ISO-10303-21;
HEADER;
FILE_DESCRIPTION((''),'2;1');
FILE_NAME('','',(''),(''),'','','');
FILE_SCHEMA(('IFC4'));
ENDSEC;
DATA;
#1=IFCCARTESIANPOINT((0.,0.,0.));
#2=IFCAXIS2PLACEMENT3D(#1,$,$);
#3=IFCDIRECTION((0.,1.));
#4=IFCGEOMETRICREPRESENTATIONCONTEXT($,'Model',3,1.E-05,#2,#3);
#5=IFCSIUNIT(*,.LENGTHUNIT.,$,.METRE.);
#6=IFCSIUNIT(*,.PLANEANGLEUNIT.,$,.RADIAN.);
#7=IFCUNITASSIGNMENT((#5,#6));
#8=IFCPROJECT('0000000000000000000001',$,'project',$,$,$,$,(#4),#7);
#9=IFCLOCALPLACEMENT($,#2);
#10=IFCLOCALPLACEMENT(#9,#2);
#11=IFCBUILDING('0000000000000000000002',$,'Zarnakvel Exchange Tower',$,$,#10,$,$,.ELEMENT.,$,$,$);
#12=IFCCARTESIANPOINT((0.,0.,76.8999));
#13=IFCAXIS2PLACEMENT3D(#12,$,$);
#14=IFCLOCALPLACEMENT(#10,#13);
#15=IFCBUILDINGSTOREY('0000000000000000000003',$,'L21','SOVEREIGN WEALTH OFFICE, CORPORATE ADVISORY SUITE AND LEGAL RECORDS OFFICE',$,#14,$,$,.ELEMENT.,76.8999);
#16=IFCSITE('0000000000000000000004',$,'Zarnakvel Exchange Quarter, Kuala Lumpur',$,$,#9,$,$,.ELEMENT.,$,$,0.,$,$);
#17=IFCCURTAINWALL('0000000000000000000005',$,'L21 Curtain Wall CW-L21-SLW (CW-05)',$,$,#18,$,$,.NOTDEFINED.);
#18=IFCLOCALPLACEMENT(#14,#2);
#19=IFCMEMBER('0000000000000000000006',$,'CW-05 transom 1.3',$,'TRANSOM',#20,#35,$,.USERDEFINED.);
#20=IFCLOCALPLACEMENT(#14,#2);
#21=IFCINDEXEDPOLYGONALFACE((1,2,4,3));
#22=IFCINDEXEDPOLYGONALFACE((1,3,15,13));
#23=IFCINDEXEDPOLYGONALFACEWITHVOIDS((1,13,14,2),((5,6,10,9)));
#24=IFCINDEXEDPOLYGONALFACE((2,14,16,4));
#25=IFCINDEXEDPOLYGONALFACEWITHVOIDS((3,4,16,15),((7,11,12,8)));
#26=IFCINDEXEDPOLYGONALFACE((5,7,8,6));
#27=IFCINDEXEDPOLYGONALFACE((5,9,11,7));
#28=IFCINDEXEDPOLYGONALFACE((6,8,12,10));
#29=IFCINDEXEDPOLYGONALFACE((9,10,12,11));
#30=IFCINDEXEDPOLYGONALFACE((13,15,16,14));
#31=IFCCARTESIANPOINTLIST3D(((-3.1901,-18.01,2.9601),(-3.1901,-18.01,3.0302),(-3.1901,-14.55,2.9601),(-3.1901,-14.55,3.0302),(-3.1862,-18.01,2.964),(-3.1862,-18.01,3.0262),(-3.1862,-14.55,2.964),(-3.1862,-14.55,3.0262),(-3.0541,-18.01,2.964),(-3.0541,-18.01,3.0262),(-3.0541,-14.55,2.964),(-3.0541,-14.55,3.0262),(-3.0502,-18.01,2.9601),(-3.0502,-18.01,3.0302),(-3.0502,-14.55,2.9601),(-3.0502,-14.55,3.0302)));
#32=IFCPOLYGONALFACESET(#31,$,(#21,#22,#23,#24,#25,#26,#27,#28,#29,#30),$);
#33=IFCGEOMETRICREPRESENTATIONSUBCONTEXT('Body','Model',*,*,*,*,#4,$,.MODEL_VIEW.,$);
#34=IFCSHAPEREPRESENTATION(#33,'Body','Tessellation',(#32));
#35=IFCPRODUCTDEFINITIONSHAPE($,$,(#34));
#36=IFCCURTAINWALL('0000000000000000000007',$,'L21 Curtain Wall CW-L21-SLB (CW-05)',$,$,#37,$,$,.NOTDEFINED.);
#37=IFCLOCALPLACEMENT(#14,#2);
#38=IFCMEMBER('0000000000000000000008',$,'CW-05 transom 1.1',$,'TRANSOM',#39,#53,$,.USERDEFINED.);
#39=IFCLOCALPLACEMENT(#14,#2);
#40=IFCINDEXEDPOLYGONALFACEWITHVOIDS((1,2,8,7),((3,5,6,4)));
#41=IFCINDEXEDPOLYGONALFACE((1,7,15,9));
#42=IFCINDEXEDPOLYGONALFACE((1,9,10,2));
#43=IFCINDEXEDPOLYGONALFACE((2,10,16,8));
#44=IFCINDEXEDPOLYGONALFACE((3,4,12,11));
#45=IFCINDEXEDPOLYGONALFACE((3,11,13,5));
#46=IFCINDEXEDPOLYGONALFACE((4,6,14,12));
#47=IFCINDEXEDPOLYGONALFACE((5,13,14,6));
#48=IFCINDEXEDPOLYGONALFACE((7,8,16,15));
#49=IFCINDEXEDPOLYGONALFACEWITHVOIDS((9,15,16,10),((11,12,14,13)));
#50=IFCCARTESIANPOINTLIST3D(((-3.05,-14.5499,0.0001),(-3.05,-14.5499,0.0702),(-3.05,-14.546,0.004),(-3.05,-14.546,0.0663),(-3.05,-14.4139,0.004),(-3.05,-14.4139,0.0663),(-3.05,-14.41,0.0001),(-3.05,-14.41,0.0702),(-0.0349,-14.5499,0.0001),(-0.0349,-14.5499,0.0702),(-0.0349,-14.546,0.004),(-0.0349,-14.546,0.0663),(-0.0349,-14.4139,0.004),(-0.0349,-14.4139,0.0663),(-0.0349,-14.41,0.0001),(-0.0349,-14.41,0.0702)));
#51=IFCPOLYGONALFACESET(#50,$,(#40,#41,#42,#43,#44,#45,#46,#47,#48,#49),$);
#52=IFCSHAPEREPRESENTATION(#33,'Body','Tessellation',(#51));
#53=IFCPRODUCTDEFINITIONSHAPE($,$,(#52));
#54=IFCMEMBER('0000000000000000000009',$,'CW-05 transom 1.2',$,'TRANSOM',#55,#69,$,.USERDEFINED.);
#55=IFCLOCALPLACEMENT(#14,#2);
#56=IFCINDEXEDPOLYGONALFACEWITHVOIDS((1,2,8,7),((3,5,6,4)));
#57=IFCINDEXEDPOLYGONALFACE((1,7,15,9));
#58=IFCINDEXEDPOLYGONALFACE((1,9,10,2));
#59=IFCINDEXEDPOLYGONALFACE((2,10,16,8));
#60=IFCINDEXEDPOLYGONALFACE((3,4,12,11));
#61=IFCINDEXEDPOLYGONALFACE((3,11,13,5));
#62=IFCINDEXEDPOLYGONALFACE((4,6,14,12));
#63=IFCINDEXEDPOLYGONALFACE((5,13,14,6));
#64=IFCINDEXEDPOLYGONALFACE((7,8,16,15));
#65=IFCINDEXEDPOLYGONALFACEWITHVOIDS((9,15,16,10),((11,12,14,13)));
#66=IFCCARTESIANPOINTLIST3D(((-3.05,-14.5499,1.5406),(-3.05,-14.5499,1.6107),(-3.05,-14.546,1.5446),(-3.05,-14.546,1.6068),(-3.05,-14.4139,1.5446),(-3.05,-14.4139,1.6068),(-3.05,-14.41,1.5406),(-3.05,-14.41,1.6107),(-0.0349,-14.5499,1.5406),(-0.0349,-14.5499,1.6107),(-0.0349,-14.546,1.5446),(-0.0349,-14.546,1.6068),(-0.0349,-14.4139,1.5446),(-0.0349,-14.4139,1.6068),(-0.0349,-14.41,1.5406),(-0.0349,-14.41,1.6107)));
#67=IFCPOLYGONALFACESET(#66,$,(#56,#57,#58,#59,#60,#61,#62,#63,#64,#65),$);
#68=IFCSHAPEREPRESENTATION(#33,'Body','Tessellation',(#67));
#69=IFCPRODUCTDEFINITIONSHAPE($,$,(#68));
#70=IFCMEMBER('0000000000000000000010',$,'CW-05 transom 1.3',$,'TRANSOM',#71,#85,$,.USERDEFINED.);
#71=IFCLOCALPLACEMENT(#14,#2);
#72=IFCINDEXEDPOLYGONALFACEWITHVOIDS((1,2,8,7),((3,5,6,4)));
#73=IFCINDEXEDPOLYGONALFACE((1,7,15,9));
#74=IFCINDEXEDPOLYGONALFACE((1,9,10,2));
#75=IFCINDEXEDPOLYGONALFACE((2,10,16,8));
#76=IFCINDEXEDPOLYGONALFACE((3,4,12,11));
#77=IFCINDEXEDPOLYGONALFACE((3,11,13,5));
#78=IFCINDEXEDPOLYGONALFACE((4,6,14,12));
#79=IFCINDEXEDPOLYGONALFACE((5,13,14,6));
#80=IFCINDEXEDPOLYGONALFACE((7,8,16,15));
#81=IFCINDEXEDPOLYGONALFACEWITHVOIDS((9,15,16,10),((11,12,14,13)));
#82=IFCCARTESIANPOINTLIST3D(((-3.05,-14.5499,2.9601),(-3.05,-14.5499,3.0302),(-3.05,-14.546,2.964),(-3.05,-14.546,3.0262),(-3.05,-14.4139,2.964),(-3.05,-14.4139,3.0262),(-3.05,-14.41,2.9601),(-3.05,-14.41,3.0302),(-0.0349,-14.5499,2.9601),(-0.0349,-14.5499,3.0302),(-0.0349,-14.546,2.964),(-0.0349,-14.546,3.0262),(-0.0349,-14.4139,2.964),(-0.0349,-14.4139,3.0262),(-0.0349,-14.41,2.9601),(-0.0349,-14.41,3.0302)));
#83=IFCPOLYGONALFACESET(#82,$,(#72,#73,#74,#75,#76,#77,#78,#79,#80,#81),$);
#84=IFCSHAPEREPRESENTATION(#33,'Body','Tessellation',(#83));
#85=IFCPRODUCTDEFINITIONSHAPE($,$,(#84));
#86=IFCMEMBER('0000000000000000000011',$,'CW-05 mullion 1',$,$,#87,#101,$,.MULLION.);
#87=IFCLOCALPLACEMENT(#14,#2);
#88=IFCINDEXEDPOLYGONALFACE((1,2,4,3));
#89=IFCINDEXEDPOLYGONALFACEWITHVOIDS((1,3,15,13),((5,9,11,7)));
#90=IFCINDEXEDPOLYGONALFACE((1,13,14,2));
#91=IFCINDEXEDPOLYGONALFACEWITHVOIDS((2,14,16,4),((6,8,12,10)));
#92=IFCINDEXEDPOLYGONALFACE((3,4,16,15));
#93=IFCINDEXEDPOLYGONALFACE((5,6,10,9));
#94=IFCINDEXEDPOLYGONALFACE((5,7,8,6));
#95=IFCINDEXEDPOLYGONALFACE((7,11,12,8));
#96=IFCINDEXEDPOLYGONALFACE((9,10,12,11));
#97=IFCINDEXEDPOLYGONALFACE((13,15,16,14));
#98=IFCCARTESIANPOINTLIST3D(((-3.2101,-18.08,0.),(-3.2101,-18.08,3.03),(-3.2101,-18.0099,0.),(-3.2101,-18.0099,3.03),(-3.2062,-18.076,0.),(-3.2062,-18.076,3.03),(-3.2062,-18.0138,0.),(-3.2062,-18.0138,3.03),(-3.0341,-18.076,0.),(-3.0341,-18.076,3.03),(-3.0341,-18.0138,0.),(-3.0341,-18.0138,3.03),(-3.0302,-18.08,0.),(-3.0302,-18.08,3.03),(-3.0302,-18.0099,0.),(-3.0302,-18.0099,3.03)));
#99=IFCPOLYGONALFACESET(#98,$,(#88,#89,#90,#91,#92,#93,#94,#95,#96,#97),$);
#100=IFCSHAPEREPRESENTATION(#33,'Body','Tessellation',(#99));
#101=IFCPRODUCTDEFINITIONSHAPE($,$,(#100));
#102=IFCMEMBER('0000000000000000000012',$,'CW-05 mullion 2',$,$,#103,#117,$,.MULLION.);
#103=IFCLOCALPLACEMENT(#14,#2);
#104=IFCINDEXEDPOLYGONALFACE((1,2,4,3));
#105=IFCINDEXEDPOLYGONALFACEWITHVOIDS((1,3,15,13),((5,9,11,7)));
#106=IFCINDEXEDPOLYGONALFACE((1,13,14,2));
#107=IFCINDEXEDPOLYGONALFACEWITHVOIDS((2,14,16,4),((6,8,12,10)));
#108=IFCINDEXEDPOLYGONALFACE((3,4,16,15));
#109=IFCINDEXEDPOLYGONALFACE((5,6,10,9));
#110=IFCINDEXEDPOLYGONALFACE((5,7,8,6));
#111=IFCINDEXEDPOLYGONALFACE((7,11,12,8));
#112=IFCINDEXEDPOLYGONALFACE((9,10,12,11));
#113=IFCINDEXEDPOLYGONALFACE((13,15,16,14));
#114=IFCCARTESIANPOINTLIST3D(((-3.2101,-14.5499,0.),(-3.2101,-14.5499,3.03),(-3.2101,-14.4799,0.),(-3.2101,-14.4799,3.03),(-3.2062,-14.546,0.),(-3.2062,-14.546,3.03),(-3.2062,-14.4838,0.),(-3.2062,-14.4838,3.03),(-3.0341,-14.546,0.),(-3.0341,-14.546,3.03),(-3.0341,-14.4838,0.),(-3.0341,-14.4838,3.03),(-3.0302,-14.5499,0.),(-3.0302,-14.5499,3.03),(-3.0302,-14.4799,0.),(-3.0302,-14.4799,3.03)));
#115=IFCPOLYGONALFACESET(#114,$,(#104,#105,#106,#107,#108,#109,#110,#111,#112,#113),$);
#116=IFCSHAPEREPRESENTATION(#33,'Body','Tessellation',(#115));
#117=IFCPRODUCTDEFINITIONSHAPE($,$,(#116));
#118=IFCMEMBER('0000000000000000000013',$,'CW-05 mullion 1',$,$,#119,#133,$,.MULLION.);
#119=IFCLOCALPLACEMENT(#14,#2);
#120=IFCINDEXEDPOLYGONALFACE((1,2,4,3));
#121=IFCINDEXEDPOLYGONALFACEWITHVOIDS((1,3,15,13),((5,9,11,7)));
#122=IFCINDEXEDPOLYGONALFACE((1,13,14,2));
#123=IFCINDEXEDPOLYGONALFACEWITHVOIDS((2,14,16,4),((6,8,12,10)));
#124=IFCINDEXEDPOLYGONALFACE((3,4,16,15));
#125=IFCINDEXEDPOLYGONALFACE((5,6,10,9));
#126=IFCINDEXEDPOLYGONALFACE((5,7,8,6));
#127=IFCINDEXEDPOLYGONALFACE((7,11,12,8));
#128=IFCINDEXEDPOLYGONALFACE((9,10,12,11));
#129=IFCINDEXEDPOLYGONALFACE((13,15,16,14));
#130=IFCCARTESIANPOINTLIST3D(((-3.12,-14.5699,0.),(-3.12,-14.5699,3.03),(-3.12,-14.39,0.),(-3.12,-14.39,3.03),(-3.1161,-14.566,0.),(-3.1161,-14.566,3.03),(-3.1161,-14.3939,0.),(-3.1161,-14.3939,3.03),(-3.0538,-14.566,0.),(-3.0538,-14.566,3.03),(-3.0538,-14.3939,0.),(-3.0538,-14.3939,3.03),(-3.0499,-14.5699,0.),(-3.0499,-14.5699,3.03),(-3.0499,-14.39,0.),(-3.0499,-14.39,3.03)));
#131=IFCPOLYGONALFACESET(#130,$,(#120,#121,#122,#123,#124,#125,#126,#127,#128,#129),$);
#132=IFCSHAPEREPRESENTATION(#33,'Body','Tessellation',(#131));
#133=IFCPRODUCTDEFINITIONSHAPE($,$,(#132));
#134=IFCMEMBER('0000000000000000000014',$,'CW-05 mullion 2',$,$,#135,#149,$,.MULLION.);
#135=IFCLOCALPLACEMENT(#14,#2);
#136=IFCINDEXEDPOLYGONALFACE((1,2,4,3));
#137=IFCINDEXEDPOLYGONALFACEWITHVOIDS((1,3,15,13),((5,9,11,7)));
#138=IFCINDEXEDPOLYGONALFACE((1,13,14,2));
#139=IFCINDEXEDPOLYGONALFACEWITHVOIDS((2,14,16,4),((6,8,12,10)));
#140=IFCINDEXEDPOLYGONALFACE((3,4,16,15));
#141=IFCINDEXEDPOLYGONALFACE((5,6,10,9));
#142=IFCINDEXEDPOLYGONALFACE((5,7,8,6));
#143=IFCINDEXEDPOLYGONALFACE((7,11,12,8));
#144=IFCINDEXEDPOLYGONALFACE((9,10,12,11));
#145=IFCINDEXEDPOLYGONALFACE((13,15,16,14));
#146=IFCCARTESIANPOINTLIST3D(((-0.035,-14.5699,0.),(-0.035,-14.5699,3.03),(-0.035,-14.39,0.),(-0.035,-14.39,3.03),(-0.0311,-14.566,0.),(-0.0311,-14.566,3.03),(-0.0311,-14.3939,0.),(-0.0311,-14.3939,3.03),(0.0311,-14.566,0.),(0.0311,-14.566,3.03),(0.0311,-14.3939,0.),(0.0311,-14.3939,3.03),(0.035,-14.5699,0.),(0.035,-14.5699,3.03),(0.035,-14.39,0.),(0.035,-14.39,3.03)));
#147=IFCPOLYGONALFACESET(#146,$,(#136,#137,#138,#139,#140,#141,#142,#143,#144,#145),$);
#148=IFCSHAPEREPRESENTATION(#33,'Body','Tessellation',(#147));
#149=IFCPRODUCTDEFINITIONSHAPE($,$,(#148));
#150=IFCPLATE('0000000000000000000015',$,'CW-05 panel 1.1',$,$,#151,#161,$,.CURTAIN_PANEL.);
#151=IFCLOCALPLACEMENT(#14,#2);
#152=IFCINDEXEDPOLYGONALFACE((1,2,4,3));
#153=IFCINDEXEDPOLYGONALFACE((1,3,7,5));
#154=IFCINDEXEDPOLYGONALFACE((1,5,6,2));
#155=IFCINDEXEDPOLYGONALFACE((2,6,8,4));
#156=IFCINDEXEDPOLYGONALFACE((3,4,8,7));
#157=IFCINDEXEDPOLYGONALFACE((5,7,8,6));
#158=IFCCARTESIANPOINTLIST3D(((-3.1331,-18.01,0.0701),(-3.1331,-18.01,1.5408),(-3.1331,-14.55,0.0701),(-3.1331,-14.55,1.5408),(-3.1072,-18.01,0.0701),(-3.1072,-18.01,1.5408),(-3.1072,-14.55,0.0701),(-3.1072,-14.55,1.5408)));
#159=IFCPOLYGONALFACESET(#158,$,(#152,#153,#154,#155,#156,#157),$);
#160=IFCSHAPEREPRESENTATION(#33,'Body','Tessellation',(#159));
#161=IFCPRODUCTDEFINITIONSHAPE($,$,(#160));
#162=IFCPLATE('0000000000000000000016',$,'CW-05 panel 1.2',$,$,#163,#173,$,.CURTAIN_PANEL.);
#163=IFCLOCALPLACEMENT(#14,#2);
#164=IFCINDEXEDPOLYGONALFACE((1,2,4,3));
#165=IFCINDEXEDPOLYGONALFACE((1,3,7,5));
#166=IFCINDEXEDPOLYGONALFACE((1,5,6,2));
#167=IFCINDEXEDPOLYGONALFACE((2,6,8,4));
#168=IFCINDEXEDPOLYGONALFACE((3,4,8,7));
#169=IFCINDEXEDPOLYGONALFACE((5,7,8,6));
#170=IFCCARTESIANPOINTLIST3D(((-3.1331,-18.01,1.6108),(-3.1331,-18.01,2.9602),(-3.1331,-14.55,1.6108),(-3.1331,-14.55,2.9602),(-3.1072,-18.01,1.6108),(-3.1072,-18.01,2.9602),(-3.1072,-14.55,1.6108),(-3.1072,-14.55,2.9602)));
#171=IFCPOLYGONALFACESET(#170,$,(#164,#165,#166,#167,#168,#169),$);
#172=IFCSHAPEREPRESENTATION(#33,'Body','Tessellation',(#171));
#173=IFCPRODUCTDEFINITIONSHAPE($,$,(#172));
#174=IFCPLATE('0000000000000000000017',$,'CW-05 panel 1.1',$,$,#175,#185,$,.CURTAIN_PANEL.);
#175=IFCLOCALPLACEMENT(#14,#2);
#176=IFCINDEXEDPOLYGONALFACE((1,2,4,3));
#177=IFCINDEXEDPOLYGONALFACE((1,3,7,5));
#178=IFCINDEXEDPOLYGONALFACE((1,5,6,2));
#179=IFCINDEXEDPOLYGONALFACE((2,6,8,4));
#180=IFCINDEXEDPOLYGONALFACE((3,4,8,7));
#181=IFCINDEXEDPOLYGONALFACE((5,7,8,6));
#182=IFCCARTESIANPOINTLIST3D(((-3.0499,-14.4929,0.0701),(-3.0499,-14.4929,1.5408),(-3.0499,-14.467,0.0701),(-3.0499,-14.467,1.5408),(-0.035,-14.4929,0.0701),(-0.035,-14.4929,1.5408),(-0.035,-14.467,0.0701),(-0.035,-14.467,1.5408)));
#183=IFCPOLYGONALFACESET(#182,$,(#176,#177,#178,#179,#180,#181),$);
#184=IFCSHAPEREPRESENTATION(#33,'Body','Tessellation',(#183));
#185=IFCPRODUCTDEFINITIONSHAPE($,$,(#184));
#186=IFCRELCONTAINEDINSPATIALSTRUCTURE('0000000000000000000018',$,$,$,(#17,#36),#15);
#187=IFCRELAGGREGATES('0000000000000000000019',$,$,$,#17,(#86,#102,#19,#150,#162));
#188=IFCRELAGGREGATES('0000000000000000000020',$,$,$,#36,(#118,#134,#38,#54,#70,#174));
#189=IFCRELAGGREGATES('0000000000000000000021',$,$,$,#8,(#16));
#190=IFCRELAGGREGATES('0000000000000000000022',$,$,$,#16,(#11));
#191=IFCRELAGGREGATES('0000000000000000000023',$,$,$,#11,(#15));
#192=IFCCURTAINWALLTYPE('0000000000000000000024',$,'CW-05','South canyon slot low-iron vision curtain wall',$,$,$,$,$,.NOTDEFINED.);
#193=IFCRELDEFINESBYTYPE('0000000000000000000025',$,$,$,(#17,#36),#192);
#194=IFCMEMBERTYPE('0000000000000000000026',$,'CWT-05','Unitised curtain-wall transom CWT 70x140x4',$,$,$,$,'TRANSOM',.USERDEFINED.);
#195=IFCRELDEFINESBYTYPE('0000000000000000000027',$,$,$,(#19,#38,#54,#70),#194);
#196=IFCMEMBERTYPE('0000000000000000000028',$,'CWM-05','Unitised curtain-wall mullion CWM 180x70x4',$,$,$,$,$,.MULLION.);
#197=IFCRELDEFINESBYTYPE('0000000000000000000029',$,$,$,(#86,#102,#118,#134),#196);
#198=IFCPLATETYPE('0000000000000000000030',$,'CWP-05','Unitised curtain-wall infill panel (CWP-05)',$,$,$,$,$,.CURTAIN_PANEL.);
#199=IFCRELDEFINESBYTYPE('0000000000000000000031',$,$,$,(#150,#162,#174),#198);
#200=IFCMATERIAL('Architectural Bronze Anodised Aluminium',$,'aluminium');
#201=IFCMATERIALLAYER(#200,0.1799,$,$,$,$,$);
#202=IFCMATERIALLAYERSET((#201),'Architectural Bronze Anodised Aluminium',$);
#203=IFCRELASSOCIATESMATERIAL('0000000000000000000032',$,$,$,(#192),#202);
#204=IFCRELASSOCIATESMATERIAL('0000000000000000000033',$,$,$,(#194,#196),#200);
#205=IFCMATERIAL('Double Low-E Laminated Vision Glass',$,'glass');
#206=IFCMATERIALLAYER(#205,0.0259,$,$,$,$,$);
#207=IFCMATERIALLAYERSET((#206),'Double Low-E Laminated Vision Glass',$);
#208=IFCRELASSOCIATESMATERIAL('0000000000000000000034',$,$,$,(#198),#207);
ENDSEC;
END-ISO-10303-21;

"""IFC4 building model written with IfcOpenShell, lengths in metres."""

from ifc_helpers import new_model, si_unit, direction, frame, origin, origin_2d, place, context, subcontext, project, spatial, rectangle, hollow_rectangle, extrude, source, transform, mapped, material, layer, layer_set, material_profile, profile_set, type_object, element, aggregate, save


model = new_model("IFC4")

# Units and contexts
model_context = context("Model", 3, precision=1e-05, world=origin(), true_north=direction((0.0, 1.0)))
body_context = subcontext(model_context, "Body", "Model", "MODEL_VIEW")
ifc_project = project(units=[si_unit("LENGTHUNIT", "METRE"), si_unit("PLANEANGLEUNIT", "RADIAN")], contexts=[model_context])

# Site, building, storey
site_placement = place(None, origin())
site = spatial("IfcSite", under=ifc_project, at=site_placement, Name="Zarnakvel Exchange Quarter, Kuala Lumpur", CompositionType="ELEMENT", RefElevation=0.0)
building_placement = place(site_placement, origin())
building = spatial("IfcBuilding", under=site, at=building_placement, Name="Zarnakvel Exchange Tower", CompositionType="ELEMENT")
storey_placement = place(building_placement, frame((0.0, 0.0, 76.8999)))
storey = spatial("IfcBuildingStorey", under=building, at=storey_placement, Name="L21", Description="SOVEREIGN WEALTH OFFICE, CORPORATE ADVISORY SUITE AND LEGAL RECORDS OFFICE", CompositionType="ELEMENT", Elevation=76.8999)

# Curtain walls, members
ifc_material_1 = material(Name="Architectural Bronze Anodised Aluminium", Category="aluminium")
ifc_layer_1 = layer(ifc_material_1, 0.1799)
ifc_layer_set_1 = layer_set([ifc_layer_1], Name="Architectural Bronze Anodised Aluminium")
curtain_wall_type = type_object("IfcCurtainWallType", Name="CW-05", Description="South canyon slot low-iron vision curtain wall", PredefinedType="NOTDEFINED", material=ifc_layer_set_1)
curtain_wall_1_placement = place(storey_placement, origin())
curtain_wall_1 = element("IfcCurtainWall", 1, at=curtain_wall_1_placement, inside=storey, type_object=curtain_wall_type, Name="L21 Curtain Wall CW-L21-SLW (CW-05)", PredefinedType="NOTDEFINED")
ifc_material_profile_1 = material_profile(ifc_material_1, hollow_rectangle(XDim=0.1399, YDim=0.0701, WallThickness=0.0039, at=origin_2d()))
ifc_profile_set_1 = profile_set([ifc_material_profile_1], Name="Architectural Bronze Anodised Aluminium")
member_type_1 = type_object("IfcMemberType", Name="CWT-05", Description="Unitised curtain-wall transom CWT 70x140x4", ElementType="TRANSOM", PredefinedType="USERDEFINED", material=ifc_profile_set_1)
shared_shape_1 = source(origin(), body_context, "Body", "SweptSolid", [
    extrude(hollow_rectangle(XDim=0.1399, YDim=0.0701, WallThickness=0.0039, at=origin_2d()), origin(), (0.0, 0.0, 1.0), 3.46),
])
member_1_placement = place(storey_placement, frame((-3.1201, -18.01, 2.9951), z_axis=(0.0, 1.0, 0.0), x_axis=(-1.0, 0.0, 0.0)))
member_1 = element("IfcMember", 2, at=member_1_placement, type_object=member_type_1, Name="CW-05 transom 1.3", ObjectType="TRANSOM", PredefinedType="USERDEFINED", context=body_context, shape_type="MappedRepresentation", body=[
    mapped(shared_shape_1, transform((0.0, 0.0, 0.0), x_axis=(1.0, 0.0, 0.0), y_axis=(0.0, 1.0, 0.0), z_axis=(0.0, 0.0, 1.0), scale=1.0)),
])
curtain_wall_2_placement = place(storey_placement, origin())
curtain_wall_2 = element("IfcCurtainWall", 3, at=curtain_wall_2_placement, inside=storey, type_object=curtain_wall_type, Name="L21 Curtain Wall CW-L21-SLB (CW-05)", PredefinedType="NOTDEFINED")
shared_shape_2 = source(origin(), body_context, "Body", "SweptSolid", [
    extrude(hollow_rectangle(XDim=0.1399, YDim=0.0701, WallThickness=0.0039, at=origin_2d()), origin(), (0.0, 0.0, 1.0), 3.0151),
])
member_2_placement = place(storey_placement, frame((-3.05, -14.48, 0.0352), z_axis=(1.0, 0.0, 0.0), x_axis=(0.0, 1.0, 0.0)))
member_2 = element("IfcMember", 4, at=member_2_placement, type_object=member_type_1, Name="CW-05 transom 1.1", ObjectType="TRANSOM", PredefinedType="USERDEFINED", context=body_context, shape_type="MappedRepresentation", body=[
    mapped(shared_shape_2, transform((0.0, 0.0, 0.0), x_axis=(1.0, 0.0, 0.0), y_axis=(0.0, 1.0, 0.0), z_axis=(0.0, 0.0, 1.0), scale=1.0)),
])
member_3_placement = place(storey_placement, frame((-3.05, -14.48, 1.5757), z_axis=(1.0, 0.0, 0.0), x_axis=(0.0, 1.0, 0.0)))
member_3 = element("IfcMember", 5, at=member_3_placement, type_object=member_type_1, Name="CW-05 transom 1.2", ObjectType="TRANSOM", PredefinedType="USERDEFINED", context=body_context, shape_type="MappedRepresentation", body=[
    mapped(shared_shape_2, transform((0.0, 0.0, 0.0), x_axis=(1.0, 0.0, 0.0), y_axis=(0.0, 1.0, 0.0), z_axis=(0.0, 0.0, 1.0), scale=1.0)),
])
member_4_placement = place(storey_placement, frame((-3.05, -14.48, 2.9951), z_axis=(1.0, 0.0, 0.0), x_axis=(0.0, 1.0, 0.0)))
member_4 = element("IfcMember", 6, at=member_4_placement, type_object=member_type_1, Name="CW-05 transom 1.3", ObjectType="TRANSOM", PredefinedType="USERDEFINED", context=body_context, shape_type="MappedRepresentation", body=[
    mapped(shared_shape_2, transform((0.0, 0.0, 0.0), x_axis=(1.0, 0.0, 0.0), y_axis=(0.0, 1.0, 0.0), z_axis=(0.0, 0.0, 1.0), scale=1.0)),
])

# Members
ifc_material_profile_2 = material_profile(ifc_material_1, hollow_rectangle(XDim=0.1799, YDim=0.0701, WallThickness=0.0039, at=origin_2d()))
ifc_profile_set_2 = profile_set([ifc_material_profile_2], Name="Architectural Bronze Anodised Aluminium")
member_type_2 = type_object("IfcMemberType", Name="CWM-05", Description="Unitised curtain-wall mullion CWM 180x70x4", PredefinedType="MULLION", material=ifc_profile_set_2)
shared_shape_3 = source(origin(), body_context, "Body", "SweptSolid", [
    extrude(hollow_rectangle(XDim=0.1799, YDim=0.0701, WallThickness=0.0039, at=origin_2d()), origin(), (0.0, 0.0, 1.0), 3.03),
])
member_5_placement = place(storey_placement, frame((-3.1201, -18.0449, 0.0), z_axis=(0.0, 0.0, 1.0), x_axis=(-1.0, 0.0, 0.0)))
member_5 = element("IfcMember", 7, at=member_5_placement, type_object=member_type_2, Name="CW-05 mullion 1", PredefinedType="MULLION", context=body_context, shape_type="MappedRepresentation", body=[
    mapped(shared_shape_3, transform((0.0, 0.0, 0.0), x_axis=(1.0, 0.0, 0.0), y_axis=(0.0, 1.0, 0.0), z_axis=(0.0, 0.0, 1.0), scale=1.0)),
])
member_6_placement = place(storey_placement, frame((-3.1201, -14.5149, 0.0), z_axis=(0.0, 0.0, 1.0), x_axis=(-1.0, 0.0, 0.0)))
member_6 = element("IfcMember", 8, at=member_6_placement, type_object=member_type_2, Name="CW-05 mullion 2", PredefinedType="MULLION", context=body_context, shape_type="MappedRepresentation", body=[
    mapped(shared_shape_3, transform((0.0, 0.0, 0.0), x_axis=(1.0, 0.0, 0.0), y_axis=(0.0, 1.0, 0.0), z_axis=(0.0, 0.0, 1.0), scale=1.0)),
])
member_7_placement = place(storey_placement, frame((-3.085, -14.48, 0.0), z_axis=(0.0, 0.0, 1.0), x_axis=(0.0, 1.0, 0.0)))
member_7 = element("IfcMember", 9, at=member_7_placement, type_object=member_type_2, Name="CW-05 mullion 1", PredefinedType="MULLION", context=body_context, shape_type="MappedRepresentation", body=[
    mapped(shared_shape_3, transform((0.0, 0.0, 0.0), x_axis=(1.0, 0.0, 0.0), y_axis=(0.0, 1.0, 0.0), z_axis=(0.0, 0.0, 1.0), scale=1.0)),
])
member_8_placement = place(storey_placement, frame((0.0, -14.48, 0.0), z_axis=(0.0, 0.0, 1.0), x_axis=(0.0, 1.0, 0.0)))
member_8 = element("IfcMember", 10, at=member_8_placement, type_object=member_type_2, Name="CW-05 mullion 2", PredefinedType="MULLION", context=body_context, shape_type="MappedRepresentation", body=[
    mapped(shared_shape_3, transform((0.0, 0.0, 0.0), x_axis=(1.0, 0.0, 0.0), y_axis=(0.0, 1.0, 0.0), z_axis=(0.0, 0.0, 1.0), scale=1.0)),
])

# Plates
ifc_material_2 = material(Name="Double Low-E Laminated Vision Glass", Category="glass")
ifc_layer_2 = layer(ifc_material_2, 0.0259)
ifc_layer_set_2 = layer_set([ifc_layer_2], Name="Double Low-E Laminated Vision Glass")
plate_type = type_object("IfcPlateType", Name="CWP-05", Description="Unitised curtain-wall infill panel (CWP-05)", PredefinedType="CURTAIN_PANEL", material=ifc_layer_set_2)
shared_shape_4 = source(origin(), body_context, "Body", "SweptSolid", [
    extrude(rectangle(XDim=3.46, YDim=0.0259, at=origin_2d()), origin(), (0.0, 0.0, 1.0), 1.4707),
])
plate_1_placement = place(storey_placement, frame((-3.1201, -16.28, 0.0701), z_axis=(0.0, 0.0, 1.0), x_axis=(0.0, 1.0, 0.0)))
plate_1 = element("IfcPlate", 11, at=plate_1_placement, type_object=plate_type, Name="CW-05 panel 1.1", PredefinedType="CURTAIN_PANEL", context=body_context, shape_type="MappedRepresentation", body=[
    mapped(shared_shape_4, transform((0.0, 0.0, 0.0), x_axis=(1.0, 0.0, 0.0), y_axis=(0.0, 1.0, 0.0), z_axis=(0.0, 0.0, 1.0), scale=1.0)),
])
shared_shape_5 = source(origin(), body_context, "Body", "SweptSolid", [
    extrude(rectangle(XDim=3.46, YDim=0.0259, at=origin_2d()), origin(), (0.0, 0.0, 1.0), 1.3494),
])
plate_2_placement = place(storey_placement, frame((-3.1201, -16.28, 1.6108), z_axis=(0.0, 0.0, 1.0), x_axis=(0.0, 1.0, 0.0)))
plate_2 = element("IfcPlate", 12, at=plate_2_placement, type_object=plate_type, Name="CW-05 panel 1.2", PredefinedType="CURTAIN_PANEL", context=body_context, shape_type="MappedRepresentation", body=[
    mapped(shared_shape_5, transform((0.0, 0.0, 0.0), x_axis=(1.0, 0.0, 0.0), y_axis=(0.0, 1.0, 0.0), z_axis=(0.0, 0.0, 1.0), scale=1.0)),
])
aggregate(curtain_wall_1, [member_5, member_6, member_1, plate_1, plate_2])
shared_shape_6 = source(origin(), body_context, "Body", "SweptSolid", [
    extrude(rectangle(XDim=3.0149, YDim=0.0259, at=origin_2d()), origin(), (0.0, 0.0, 1.0), 1.4707),
])
plate_3_placement = place(storey_placement, frame((-1.5425, -14.48, 0.0701), z_axis=(0.0, 0.0, 1.0), x_axis=(1.0, 0.0, 0.0)))
plate_3 = element("IfcPlate", 13, at=plate_3_placement, type_object=plate_type, Name="CW-05 panel 1.1", PredefinedType="CURTAIN_PANEL", context=body_context, shape_type="MappedRepresentation", body=[
    mapped(shared_shape_6, transform((0.0, 0.0, 0.0), x_axis=(1.0, 0.0, 0.0), y_axis=(0.0, 1.0, 0.0), z_axis=(0.0, 0.0, 1.0), scale=1.0)),
])
aggregate(curtain_wall_2, [member_7, member_8, member_2, member_3, member_4, plate_3])

save(model, "model.ifc")
